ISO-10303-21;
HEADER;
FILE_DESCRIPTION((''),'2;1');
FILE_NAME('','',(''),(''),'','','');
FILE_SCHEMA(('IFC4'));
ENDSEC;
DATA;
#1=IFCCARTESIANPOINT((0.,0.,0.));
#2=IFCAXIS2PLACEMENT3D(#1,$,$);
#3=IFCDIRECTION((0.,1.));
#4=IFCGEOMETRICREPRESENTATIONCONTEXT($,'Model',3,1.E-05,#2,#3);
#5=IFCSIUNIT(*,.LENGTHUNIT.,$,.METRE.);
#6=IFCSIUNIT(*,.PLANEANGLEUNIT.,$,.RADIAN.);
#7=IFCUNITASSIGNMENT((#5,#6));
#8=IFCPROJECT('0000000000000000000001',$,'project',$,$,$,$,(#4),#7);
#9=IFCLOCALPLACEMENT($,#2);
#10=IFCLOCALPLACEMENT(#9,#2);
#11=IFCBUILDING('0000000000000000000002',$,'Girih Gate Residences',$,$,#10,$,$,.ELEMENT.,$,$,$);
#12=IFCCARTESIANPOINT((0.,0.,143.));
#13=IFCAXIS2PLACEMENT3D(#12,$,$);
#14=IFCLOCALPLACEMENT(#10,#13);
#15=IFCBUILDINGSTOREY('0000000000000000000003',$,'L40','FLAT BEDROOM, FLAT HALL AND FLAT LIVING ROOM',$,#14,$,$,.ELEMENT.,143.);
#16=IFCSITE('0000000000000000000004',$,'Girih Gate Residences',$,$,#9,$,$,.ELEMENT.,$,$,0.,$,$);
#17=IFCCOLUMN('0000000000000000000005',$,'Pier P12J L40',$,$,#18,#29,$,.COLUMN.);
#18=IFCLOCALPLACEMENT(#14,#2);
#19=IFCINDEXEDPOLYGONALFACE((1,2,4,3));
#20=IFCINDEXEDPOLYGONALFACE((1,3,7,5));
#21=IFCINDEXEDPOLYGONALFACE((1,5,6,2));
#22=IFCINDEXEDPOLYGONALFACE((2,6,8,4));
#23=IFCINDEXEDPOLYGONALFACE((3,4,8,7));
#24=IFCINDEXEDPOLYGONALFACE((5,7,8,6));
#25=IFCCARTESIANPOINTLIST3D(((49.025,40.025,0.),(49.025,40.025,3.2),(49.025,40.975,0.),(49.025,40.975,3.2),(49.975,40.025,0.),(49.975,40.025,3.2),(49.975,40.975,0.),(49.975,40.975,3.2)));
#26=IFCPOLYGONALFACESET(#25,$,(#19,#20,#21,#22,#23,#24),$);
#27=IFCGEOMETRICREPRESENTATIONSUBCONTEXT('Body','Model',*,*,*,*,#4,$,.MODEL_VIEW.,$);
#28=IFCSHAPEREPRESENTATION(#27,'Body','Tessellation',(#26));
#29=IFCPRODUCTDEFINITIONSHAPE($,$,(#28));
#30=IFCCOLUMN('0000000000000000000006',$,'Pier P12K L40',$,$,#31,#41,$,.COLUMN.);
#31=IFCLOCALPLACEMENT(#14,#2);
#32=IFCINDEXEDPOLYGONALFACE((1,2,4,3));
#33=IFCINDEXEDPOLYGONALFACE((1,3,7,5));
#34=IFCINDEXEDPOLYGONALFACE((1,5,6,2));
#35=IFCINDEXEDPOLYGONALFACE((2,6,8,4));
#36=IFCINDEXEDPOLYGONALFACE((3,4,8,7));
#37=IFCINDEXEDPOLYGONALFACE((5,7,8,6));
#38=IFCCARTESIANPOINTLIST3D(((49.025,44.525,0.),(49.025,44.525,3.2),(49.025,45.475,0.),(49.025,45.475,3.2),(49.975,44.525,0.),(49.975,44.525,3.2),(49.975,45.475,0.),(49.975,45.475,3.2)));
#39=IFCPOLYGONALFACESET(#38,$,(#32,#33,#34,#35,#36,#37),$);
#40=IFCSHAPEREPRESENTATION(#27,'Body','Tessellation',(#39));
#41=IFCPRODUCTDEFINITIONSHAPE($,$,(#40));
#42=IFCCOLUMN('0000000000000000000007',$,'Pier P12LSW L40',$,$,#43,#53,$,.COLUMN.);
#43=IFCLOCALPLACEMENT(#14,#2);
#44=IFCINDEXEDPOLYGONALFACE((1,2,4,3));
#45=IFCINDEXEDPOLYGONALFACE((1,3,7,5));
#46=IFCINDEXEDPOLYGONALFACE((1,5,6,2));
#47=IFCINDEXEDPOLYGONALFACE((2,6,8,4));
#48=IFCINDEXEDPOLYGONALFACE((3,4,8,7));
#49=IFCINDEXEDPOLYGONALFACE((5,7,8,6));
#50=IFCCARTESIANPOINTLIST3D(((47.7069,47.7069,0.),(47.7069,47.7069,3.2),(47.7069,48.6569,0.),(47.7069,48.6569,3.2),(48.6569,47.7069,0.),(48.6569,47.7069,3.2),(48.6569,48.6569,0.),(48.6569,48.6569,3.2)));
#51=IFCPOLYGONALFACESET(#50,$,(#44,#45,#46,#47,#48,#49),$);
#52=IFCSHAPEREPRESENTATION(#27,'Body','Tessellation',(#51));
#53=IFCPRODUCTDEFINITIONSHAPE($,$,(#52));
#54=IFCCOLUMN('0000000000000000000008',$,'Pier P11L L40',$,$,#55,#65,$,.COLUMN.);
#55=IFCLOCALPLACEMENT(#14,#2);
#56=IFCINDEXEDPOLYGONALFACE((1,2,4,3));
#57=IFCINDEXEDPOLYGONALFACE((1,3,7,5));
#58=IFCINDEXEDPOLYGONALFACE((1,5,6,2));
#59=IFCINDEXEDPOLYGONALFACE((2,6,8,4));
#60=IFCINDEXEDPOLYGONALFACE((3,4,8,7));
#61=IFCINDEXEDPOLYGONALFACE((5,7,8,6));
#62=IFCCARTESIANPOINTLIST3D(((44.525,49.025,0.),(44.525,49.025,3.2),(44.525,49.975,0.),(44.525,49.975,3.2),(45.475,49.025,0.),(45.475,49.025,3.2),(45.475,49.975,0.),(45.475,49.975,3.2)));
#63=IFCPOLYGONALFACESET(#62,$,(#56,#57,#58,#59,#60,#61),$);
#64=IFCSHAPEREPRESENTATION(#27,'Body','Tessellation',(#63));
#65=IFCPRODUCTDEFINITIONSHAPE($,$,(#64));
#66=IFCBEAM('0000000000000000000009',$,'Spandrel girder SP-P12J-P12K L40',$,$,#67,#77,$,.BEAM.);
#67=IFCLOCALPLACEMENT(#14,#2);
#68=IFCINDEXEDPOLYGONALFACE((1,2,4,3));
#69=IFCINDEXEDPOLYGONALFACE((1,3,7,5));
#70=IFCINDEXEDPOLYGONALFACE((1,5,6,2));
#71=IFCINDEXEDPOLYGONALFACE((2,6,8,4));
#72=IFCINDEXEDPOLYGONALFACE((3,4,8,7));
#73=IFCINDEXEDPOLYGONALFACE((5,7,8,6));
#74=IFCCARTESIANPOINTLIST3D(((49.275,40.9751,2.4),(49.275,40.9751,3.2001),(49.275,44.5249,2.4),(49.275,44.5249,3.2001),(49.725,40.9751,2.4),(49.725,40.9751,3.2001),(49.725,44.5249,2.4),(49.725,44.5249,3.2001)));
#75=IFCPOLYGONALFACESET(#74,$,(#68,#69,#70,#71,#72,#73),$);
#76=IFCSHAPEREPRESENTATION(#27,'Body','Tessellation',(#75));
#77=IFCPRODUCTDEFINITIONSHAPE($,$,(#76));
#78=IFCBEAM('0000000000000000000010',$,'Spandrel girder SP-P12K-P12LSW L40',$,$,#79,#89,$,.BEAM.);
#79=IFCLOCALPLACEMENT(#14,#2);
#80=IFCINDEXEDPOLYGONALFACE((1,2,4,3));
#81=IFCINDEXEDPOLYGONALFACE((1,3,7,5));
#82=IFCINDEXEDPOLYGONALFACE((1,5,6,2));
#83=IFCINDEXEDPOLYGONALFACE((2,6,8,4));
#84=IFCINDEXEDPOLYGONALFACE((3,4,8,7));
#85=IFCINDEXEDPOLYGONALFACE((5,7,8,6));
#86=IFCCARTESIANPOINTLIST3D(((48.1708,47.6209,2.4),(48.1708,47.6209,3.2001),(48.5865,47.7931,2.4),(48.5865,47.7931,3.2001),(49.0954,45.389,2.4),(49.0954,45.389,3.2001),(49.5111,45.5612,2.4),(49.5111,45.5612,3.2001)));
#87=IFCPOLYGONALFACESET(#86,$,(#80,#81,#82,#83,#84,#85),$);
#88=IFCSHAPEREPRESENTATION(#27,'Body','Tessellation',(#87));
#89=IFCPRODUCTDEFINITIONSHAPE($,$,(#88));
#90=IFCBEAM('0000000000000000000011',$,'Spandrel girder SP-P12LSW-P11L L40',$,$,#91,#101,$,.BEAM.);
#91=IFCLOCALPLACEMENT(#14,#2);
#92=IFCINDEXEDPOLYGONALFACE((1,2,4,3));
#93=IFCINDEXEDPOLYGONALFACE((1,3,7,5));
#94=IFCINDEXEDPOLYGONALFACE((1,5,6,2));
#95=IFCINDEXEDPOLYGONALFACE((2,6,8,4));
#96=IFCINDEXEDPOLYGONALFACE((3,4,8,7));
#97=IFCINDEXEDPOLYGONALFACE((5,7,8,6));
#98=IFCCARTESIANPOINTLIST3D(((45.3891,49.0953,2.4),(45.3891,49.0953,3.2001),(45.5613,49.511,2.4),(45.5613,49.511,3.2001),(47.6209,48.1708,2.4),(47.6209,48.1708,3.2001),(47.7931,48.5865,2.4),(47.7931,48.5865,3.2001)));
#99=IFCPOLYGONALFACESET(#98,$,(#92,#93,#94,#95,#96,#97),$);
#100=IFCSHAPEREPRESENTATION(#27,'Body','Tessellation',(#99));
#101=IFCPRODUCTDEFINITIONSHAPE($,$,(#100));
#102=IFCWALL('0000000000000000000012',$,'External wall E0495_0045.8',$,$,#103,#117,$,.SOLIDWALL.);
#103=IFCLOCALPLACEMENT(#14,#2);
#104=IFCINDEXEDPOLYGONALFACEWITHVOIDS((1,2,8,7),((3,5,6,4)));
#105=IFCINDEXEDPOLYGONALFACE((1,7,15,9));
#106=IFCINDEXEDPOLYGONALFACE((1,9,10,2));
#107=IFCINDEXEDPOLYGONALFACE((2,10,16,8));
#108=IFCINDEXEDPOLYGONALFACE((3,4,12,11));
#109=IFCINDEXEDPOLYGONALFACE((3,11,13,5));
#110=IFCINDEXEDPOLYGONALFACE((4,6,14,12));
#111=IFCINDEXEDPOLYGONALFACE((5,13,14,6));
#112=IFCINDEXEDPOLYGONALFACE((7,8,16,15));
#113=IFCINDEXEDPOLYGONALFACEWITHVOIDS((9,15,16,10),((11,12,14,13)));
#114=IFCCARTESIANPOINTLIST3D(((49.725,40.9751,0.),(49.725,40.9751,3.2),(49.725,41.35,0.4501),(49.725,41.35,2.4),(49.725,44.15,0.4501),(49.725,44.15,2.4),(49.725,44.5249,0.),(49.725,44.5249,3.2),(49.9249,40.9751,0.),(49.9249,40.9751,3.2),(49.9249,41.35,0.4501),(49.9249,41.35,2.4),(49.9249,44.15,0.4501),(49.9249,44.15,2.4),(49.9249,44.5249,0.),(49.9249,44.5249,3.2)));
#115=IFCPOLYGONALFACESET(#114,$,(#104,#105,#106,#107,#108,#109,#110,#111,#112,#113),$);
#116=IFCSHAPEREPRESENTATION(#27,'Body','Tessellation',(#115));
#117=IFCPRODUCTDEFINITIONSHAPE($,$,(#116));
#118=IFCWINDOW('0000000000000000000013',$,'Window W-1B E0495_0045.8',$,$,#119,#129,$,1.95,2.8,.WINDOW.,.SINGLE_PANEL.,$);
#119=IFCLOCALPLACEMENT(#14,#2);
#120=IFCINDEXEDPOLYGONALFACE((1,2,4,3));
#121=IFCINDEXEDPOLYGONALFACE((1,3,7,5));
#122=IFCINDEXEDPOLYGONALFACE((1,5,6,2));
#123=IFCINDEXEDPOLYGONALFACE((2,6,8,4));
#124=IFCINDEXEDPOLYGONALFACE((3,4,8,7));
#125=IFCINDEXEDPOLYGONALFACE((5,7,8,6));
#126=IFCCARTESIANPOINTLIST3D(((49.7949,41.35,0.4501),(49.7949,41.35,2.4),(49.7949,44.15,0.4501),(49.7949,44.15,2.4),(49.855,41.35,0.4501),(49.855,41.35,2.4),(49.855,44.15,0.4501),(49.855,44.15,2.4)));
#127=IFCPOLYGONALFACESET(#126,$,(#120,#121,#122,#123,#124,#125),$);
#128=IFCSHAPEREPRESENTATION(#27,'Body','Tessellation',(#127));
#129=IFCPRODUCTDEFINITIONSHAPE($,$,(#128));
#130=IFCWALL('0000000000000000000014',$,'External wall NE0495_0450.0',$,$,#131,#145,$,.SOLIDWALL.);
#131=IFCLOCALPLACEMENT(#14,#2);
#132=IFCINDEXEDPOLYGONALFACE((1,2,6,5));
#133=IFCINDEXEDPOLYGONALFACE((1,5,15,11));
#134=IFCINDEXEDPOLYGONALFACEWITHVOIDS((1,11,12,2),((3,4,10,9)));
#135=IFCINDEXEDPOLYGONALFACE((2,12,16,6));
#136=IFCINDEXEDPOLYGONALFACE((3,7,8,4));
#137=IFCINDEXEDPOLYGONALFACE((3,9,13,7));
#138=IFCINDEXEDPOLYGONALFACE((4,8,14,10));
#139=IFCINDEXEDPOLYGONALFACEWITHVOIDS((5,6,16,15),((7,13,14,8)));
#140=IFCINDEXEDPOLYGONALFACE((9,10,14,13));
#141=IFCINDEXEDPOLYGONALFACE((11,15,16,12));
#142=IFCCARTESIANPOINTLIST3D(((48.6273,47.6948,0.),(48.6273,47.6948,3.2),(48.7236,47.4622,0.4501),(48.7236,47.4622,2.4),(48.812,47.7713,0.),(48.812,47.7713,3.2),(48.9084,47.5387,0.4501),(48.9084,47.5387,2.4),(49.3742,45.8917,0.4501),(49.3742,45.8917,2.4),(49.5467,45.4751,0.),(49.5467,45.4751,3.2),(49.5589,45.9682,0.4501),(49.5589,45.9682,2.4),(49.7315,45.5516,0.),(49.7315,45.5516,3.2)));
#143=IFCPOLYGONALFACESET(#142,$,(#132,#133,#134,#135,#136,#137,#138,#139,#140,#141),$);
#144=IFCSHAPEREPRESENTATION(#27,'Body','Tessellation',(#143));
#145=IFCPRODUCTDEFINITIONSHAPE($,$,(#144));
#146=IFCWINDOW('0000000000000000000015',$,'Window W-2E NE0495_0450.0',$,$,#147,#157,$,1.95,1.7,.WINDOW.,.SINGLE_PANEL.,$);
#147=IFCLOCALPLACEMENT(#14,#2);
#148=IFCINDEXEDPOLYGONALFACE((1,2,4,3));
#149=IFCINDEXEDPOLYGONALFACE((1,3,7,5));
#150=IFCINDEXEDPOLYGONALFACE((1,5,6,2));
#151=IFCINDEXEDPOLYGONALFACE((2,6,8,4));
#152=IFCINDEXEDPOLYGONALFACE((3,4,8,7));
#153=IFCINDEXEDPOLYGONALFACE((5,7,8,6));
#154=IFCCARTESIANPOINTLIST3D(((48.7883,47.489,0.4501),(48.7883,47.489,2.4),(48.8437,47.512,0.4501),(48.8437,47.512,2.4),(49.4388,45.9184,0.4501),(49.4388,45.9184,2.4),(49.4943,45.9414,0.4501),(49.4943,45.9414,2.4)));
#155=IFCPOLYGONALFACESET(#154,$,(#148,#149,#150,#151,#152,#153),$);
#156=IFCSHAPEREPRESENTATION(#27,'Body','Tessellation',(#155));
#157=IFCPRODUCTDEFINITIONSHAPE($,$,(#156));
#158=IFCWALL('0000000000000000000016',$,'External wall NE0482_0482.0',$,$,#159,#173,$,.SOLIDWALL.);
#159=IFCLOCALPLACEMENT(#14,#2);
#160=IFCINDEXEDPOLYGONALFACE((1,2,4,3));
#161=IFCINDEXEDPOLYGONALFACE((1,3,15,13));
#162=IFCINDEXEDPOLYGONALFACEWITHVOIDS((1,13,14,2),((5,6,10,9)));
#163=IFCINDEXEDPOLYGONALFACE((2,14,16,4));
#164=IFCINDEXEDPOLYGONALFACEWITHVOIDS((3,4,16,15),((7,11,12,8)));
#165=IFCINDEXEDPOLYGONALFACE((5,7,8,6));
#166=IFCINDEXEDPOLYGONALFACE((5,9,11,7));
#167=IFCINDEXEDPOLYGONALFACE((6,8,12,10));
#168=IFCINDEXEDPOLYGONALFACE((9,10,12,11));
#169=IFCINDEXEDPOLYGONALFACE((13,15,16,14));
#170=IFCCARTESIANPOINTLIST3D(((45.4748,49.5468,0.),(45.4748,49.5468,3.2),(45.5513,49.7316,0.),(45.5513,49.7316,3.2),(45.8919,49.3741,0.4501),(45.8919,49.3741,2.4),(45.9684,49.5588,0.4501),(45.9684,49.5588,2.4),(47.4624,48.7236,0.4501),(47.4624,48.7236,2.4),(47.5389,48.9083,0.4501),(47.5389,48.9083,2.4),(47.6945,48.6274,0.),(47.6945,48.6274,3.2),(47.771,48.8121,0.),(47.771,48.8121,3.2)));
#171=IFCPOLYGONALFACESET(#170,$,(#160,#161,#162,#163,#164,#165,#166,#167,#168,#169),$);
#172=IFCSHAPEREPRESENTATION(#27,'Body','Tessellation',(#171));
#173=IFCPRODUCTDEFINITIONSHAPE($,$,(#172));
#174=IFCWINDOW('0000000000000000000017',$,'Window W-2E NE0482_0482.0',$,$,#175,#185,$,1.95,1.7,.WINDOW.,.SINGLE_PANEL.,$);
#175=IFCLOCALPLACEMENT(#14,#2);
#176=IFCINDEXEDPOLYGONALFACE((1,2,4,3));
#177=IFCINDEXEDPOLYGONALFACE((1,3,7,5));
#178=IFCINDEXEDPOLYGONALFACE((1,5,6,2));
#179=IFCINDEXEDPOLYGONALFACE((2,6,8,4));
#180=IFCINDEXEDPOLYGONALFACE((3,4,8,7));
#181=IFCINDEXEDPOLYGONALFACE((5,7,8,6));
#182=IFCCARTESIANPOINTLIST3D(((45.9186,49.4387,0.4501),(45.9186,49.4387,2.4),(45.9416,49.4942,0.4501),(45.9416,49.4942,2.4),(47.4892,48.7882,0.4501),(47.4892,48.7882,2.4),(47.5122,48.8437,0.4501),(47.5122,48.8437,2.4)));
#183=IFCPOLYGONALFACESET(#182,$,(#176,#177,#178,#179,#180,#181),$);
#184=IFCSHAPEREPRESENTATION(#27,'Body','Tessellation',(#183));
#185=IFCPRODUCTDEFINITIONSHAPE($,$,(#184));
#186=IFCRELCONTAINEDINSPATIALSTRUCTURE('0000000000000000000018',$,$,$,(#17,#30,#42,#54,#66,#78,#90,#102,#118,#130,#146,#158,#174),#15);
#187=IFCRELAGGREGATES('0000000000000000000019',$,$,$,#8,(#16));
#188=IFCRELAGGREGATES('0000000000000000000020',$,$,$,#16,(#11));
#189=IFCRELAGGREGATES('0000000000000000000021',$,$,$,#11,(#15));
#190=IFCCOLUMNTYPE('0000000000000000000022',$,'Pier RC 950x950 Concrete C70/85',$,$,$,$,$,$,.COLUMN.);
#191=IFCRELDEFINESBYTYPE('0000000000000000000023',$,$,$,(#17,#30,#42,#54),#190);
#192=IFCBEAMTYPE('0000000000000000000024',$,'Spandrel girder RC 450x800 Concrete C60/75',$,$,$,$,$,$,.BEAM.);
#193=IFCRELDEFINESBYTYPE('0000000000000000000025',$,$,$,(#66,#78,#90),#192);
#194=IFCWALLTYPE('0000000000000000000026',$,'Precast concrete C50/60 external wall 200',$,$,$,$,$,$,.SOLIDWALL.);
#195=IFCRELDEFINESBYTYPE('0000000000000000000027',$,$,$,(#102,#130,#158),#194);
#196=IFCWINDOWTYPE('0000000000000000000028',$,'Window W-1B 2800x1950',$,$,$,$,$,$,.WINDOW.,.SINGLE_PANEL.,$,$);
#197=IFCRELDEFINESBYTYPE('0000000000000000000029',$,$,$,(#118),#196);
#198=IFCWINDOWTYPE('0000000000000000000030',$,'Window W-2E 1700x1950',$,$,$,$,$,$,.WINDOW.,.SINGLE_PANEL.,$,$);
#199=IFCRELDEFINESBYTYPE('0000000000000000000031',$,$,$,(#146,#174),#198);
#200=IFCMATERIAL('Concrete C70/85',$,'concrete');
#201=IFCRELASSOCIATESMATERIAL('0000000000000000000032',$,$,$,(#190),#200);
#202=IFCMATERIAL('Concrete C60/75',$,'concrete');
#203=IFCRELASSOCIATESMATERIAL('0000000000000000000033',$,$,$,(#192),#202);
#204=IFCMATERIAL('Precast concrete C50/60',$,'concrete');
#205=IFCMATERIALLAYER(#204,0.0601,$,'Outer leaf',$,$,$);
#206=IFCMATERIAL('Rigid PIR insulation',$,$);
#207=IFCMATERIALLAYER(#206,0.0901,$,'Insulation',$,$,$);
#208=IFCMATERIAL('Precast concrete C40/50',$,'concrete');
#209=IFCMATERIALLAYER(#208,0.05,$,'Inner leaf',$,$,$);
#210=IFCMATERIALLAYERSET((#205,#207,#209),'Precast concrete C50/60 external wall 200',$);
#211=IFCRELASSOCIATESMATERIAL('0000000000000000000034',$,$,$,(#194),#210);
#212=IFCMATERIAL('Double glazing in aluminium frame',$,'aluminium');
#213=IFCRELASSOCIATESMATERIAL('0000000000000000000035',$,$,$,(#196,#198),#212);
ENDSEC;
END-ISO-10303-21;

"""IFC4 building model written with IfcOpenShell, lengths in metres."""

from ifc_helpers import new_model, si_unit, direction, frame, frame_2d, origin, origin_2d, place, context, subcontext, project, spatial, rectangle, extrude, material, layer, layer_set, material_profile, profile_set, type_object, element, fill, save


model = new_model("IFC4")

# Units and contexts
model_context = context("Model", 3, precision=1e-05, world=origin(), true_north=direction((0.0, 1.0)))
body_context = subcontext(model_context, "Body", "Model", "MODEL_VIEW")
ifc_project = project(units=[si_unit("LENGTHUNIT", "METRE"), si_unit("PLANEANGLEUNIT", "RADIAN")], contexts=[model_context])

# Site, building, storey
site_placement = place(None, origin())
site = spatial("IfcSite", under=ifc_project, at=site_placement, Name="Girih Gate Residences", CompositionType="ELEMENT", RefElevation=0.0)
building_placement = place(site_placement, origin())
building = spatial("IfcBuilding", under=site, at=building_placement, Name="Girih Gate Residences", CompositionType="ELEMENT")
storey_placement = place(building_placement, frame((0.0, 0.0, 143.0)))
storey = spatial("IfcBuildingStorey", under=building, at=storey_placement, Name="L40", Description="FLAT BEDROOM, FLAT HALL AND FLAT LIVING ROOM", CompositionType="ELEMENT", Elevation=143.0)

# Columns
ifc_material_1 = material(Name="Concrete C70/85", Category="concrete")
ifc_material_profile_1 = material_profile(ifc_material_1, rectangle(XDim=0.95, YDim=0.95, at=origin_2d()))
ifc_profile_set_1 = profile_set([ifc_material_profile_1], Name="Concrete C70/85")
column_type = type_object("IfcColumnType", Name="Pier RC 950x950 Concrete C70/85", PredefinedType="COLUMN", material=ifc_profile_set_1)
for number, where, z_axis, x_axis, name in (
    (1, (49.5, 40.5, 0.0), (0.0, 0.0, 1.0), (1.0, 0.0, 0.0), "Pier P12J L40"),
    (2, (49.5, 45.0, 0.0), (0.0, 0.0, 1.0), (1.0, 0.0, 0.0), "Pier P12K L40"),
    (3, (48.1819, 48.1819, 0.0), (0.0, 0.0, 1.0), (1.0, 0.0, 0.0), "Pier P12LSW L40"),
    (4, (45.0, 49.5, 0.0), (0.0, 0.0, 1.0), (1.0, 0.0, 0.0), "Pier P11L L40"),
):
    element("IfcColumn", number, at=place(storey_placement, frame(where, z_axis=z_axis, x_axis=x_axis)), inside=storey, type_object=column_type, Name=name, PredefinedType="COLUMN", context=body_context, shape_type="SweptSolid", body=[
        extrude(rectangle(XDim=0.95, YDim=0.95, at=origin_2d()), origin(), (0.0, 0.0, 1.0), 3.2),
    ])

# Beams
ifc_material_2 = material(Name="Concrete C60/75", Category="concrete")
ifc_material_profile_2 = material_profile(ifc_material_2, rectangle(XDim=0.45, YDim=0.8, at=origin_2d()))
ifc_profile_set_2 = profile_set([ifc_material_profile_2], Name="Concrete C60/75")
beam_type = type_object("IfcBeamType", Name="Spandrel girder RC 450x800 Concrete C60/75", PredefinedType="BEAM", material=ifc_profile_set_2)
beam_placement = place(storey_placement, frame((49.5, 40.9751, 2.8), z_axis=(0.0, 1.0, 0.0), x_axis=(-1.0, 0.0, 0.0)))
element("IfcBeam", 5, at=beam_placement, inside=storey, type_object=beam_type, Name="Spandrel girder SP-P12J-P12K L40", PredefinedType="BEAM", context=body_context, shape_type="SweptSolid", body=[
    extrude(rectangle(XDim=0.45, YDim=0.8, at=origin_2d()), origin(), (0.0, 0.0, 1.0), 3.5498),
])
for number, where, z_axis, x_axis, name in (
    (6, (49.3032, 45.4751, 2.8), (-0.382706, 0.92387, 0.0), (-0.92387, -0.382706, 0.0), "Spandrel girder SP-P12K-P12LSW L40"),
    (7, (47.707, 48.3787, 2.8), (-0.92387, 0.382706, 0.0), (-0.382706, -0.92387, 0.0), "Spandrel girder SP-P12LSW-P11L L40"),
):
    element("IfcBeam", number, at=place(storey_placement, frame(where, z_axis=z_axis, x_axis=x_axis)), inside=storey, type_object=beam_type, Name=name, PredefinedType="BEAM", context=body_context, shape_type="SweptSolid", body=[
        extrude(rectangle(XDim=0.45, YDim=0.8, at=origin_2d()), origin(), (0.0, 0.0, 1.0), 2.4158),
    ])

# Walls, openings, windows
ifc_material_3 = material(Name="Precast concrete C50/60", Category="concrete")
ifc_layer_1 = layer(ifc_material_3, 0.0601, Name="Outer leaf")
ifc_material_4 = material(Name="Rigid PIR insulation")
ifc_layer_2 = layer(ifc_material_4, 0.0901, Name="Insulation")
ifc_material_5 = material(Name="Precast concrete C40/50", Category="concrete")
ifc_layer_3 = layer(ifc_material_5, 0.05, Name="Inner leaf")
ifc_layer_set = layer_set([ifc_layer_1, ifc_layer_2, ifc_layer_3], Name="Precast concrete C50/60 external wall 200")
wall_type = type_object("IfcWallType", Name="Precast concrete C50/60 external wall 200", PredefinedType="SOLIDWALL", material=ifc_layer_set)
wall_1_placement = place(storey_placement, frame((49.825, 44.5249, 0.0), z_axis=(0.0, 0.0, 1.0), x_axis=(0.0, -1.0, 0.0)))
wall_1 = element("IfcWall", 8, at=wall_1_placement, inside=storey, type_object=wall_type, Name="External wall E0495_0045.8", PredefinedType="SOLIDWALL", context=body_context, shape_type="SweptSolid", body=[
    extrude(rectangle(XDim=3.5498, YDim=0.2, at=frame_2d((1.7749, 0.0))), origin(), (0.0, 0.0, 1.0), 3.2),
])
opening_1_placement = place(wall_1_placement, frame((0.375, 0.0, 0.45)))
opening_1 = element("IfcOpeningElement", 9, at=opening_1_placement, cuts=wall_1, PredefinedType="OPENING", context=body_context, shape_type="SweptSolid", body=[
    extrude(rectangle(XDim=2.8, YDim=1.95, at=frame_2d((1.3999, 0.9751))), frame((0.0, 0.1099, 0.0), z_axis=(0.0, -1.0, 0.0), x_axis=(1.0, 0.0, 0.0)), (0.0, 0.0, 1.0), 0.22),
])
ifc_material_6 = material(Name="Double glazing in aluminium frame", Category="aluminium")
window_type_1 = type_object("IfcWindowType", Name="Window W-1B 2800x1950", PartitioningType="SINGLE_PANEL", PredefinedType="WINDOW", material=ifc_material_6)
window_1_placement = place(opening_1_placement, origin())
window_1 = element("IfcWindow", 10, at=window_1_placement, inside=storey, type_object=window_type_1, Name="Window W-1B E0495_0045.8", OverallHeight=1.95, OverallWidth=2.8, PartitioningType="SINGLE_PANEL", PredefinedType="WINDOW", context=body_context, shape_type="SweptSolid", body=[
    extrude(rectangle(XDim=2.8, YDim=1.95, at=frame_2d((1.3999, 0.9751))), frame((0.0, 0.03, 0.0), z_axis=(0.0, -1.0, 0.0), x_axis=(1.0, 0.0, 0.0)), (0.0, 0.0, 1.0), 0.0601),
])
fill(opening_1, window_1)
wall_2_placement = place(storey_placement, frame((48.7197, 47.7329, 0.0), z_axis=(0.0, 0.0, 1.0), x_axis=(0.382681, -0.923881, 0.0)))
wall_2 = element("IfcWall", 11, at=wall_2_placement, inside=storey, type_object=wall_type, Name="External wall NE0495_0450.0", PredefinedType="SOLIDWALL", context=body_context, shape_type="SweptSolid", body=[
    extrude(rectangle(XDim=2.4026, YDim=0.2, at=frame_2d((1.2012, 0.0))), origin(), (0.0, 0.0, 1.0), 3.2),
])
opening_2_placement = place(wall_2_placement, frame((0.2515, 0.0, 0.45)))
opening_2 = element("IfcOpeningElement", 12, at=opening_2_placement, cuts=wall_2, PredefinedType="OPENING", context=body_context, shape_type="SweptSolid", body=[
    extrude(rectangle(XDim=1.7, YDim=1.95, at=frame_2d((0.8501, 0.9751))), frame((0.0, 0.1099, 0.0), z_axis=(0.0, -1.0, 0.0), x_axis=(1.0, 0.0, 0.0)), (0.0, 0.0, 1.0), 0.22),
])
window_type_2 = type_object("IfcWindowType", Name="Window W-2E 1700x1950", PartitioningType="SINGLE_PANEL", PredefinedType="WINDOW", material=ifc_material_6)
window_2_placement = place(opening_2_placement, origin())
window_2 = element("IfcWindow", 13, at=window_2_placement, inside=storey, type_object=window_type_2, Name="Window W-2E NE0495_0450.0", OverallHeight=1.95, OverallWidth=1.7, PartitioningType="SINGLE_PANEL", PredefinedType="WINDOW", context=body_context, shape_type="SweptSolid", body=[
    extrude(rectangle(XDim=1.7, YDim=1.95, at=frame_2d((0.8501, 0.9751))), frame((0.0, 0.03, 0.0), z_axis=(0.0, -1.0, 0.0), x_axis=(1.0, 0.0, 0.0)), (0.0, 0.0, 1.0), 0.0601),
])
fill(opening_2, window_2)
wall_3_placement = place(storey_placement, frame((45.5132, 49.6392, 0.0), z_axis=(0.0, 0.0, 1.0), x_axis=(0.923881, -0.382681, 0.0)))
wall_3 = element("IfcWall", 14, at=wall_3_placement, inside=storey, type_object=wall_type, Name="External wall NE0482_0482.0", PredefinedType="SOLIDWALL", context=body_context, shape_type="SweptSolid", body=[
    extrude(rectangle(XDim=2.4026, YDim=0.2, at=frame_2d((1.2012, 0.0))), origin(), (0.0, 0.0, 1.0), 3.2),
])
opening_3_placement = place(wall_3_placement, frame((0.4512, 0.0, 0.45)))
opening_3 = element("IfcOpeningElement", 15, at=opening_3_placement, cuts=wall_3, PredefinedType="OPENING", context=body_context, shape_type="SweptSolid", body=[
    extrude(rectangle(XDim=1.7, YDim=1.95, at=frame_2d((0.8501, 0.9751))), frame((0.0, 0.1099, 0.0), z_axis=(0.0, -1.0, 0.0), x_axis=(1.0, 0.0, 0.0)), (0.0, 0.0, 1.0), 0.22),
])
window_3_placement = place(opening_3_placement, origin())
window_3 = element("IfcWindow", 16, at=window_3_placement, inside=storey, type_object=window_type_2, Name="Window W-2E NE0482_0482.0", OverallHeight=1.95, OverallWidth=1.7, PartitioningType="SINGLE_PANEL", PredefinedType="WINDOW", context=body_context, shape_type="SweptSolid", body=[
    extrude(rectangle(XDim=1.7, YDim=1.95, at=frame_2d((0.8501, 0.9751))), frame((0.0, 0.03, 0.0), z_axis=(0.0, -1.0, 0.0), x_axis=(1.0, 0.0, 0.0)), (0.0, 0.0, 1.0), 0.0601),
])
fill(opening_3, window_3)

save(model, "model.ifc")
